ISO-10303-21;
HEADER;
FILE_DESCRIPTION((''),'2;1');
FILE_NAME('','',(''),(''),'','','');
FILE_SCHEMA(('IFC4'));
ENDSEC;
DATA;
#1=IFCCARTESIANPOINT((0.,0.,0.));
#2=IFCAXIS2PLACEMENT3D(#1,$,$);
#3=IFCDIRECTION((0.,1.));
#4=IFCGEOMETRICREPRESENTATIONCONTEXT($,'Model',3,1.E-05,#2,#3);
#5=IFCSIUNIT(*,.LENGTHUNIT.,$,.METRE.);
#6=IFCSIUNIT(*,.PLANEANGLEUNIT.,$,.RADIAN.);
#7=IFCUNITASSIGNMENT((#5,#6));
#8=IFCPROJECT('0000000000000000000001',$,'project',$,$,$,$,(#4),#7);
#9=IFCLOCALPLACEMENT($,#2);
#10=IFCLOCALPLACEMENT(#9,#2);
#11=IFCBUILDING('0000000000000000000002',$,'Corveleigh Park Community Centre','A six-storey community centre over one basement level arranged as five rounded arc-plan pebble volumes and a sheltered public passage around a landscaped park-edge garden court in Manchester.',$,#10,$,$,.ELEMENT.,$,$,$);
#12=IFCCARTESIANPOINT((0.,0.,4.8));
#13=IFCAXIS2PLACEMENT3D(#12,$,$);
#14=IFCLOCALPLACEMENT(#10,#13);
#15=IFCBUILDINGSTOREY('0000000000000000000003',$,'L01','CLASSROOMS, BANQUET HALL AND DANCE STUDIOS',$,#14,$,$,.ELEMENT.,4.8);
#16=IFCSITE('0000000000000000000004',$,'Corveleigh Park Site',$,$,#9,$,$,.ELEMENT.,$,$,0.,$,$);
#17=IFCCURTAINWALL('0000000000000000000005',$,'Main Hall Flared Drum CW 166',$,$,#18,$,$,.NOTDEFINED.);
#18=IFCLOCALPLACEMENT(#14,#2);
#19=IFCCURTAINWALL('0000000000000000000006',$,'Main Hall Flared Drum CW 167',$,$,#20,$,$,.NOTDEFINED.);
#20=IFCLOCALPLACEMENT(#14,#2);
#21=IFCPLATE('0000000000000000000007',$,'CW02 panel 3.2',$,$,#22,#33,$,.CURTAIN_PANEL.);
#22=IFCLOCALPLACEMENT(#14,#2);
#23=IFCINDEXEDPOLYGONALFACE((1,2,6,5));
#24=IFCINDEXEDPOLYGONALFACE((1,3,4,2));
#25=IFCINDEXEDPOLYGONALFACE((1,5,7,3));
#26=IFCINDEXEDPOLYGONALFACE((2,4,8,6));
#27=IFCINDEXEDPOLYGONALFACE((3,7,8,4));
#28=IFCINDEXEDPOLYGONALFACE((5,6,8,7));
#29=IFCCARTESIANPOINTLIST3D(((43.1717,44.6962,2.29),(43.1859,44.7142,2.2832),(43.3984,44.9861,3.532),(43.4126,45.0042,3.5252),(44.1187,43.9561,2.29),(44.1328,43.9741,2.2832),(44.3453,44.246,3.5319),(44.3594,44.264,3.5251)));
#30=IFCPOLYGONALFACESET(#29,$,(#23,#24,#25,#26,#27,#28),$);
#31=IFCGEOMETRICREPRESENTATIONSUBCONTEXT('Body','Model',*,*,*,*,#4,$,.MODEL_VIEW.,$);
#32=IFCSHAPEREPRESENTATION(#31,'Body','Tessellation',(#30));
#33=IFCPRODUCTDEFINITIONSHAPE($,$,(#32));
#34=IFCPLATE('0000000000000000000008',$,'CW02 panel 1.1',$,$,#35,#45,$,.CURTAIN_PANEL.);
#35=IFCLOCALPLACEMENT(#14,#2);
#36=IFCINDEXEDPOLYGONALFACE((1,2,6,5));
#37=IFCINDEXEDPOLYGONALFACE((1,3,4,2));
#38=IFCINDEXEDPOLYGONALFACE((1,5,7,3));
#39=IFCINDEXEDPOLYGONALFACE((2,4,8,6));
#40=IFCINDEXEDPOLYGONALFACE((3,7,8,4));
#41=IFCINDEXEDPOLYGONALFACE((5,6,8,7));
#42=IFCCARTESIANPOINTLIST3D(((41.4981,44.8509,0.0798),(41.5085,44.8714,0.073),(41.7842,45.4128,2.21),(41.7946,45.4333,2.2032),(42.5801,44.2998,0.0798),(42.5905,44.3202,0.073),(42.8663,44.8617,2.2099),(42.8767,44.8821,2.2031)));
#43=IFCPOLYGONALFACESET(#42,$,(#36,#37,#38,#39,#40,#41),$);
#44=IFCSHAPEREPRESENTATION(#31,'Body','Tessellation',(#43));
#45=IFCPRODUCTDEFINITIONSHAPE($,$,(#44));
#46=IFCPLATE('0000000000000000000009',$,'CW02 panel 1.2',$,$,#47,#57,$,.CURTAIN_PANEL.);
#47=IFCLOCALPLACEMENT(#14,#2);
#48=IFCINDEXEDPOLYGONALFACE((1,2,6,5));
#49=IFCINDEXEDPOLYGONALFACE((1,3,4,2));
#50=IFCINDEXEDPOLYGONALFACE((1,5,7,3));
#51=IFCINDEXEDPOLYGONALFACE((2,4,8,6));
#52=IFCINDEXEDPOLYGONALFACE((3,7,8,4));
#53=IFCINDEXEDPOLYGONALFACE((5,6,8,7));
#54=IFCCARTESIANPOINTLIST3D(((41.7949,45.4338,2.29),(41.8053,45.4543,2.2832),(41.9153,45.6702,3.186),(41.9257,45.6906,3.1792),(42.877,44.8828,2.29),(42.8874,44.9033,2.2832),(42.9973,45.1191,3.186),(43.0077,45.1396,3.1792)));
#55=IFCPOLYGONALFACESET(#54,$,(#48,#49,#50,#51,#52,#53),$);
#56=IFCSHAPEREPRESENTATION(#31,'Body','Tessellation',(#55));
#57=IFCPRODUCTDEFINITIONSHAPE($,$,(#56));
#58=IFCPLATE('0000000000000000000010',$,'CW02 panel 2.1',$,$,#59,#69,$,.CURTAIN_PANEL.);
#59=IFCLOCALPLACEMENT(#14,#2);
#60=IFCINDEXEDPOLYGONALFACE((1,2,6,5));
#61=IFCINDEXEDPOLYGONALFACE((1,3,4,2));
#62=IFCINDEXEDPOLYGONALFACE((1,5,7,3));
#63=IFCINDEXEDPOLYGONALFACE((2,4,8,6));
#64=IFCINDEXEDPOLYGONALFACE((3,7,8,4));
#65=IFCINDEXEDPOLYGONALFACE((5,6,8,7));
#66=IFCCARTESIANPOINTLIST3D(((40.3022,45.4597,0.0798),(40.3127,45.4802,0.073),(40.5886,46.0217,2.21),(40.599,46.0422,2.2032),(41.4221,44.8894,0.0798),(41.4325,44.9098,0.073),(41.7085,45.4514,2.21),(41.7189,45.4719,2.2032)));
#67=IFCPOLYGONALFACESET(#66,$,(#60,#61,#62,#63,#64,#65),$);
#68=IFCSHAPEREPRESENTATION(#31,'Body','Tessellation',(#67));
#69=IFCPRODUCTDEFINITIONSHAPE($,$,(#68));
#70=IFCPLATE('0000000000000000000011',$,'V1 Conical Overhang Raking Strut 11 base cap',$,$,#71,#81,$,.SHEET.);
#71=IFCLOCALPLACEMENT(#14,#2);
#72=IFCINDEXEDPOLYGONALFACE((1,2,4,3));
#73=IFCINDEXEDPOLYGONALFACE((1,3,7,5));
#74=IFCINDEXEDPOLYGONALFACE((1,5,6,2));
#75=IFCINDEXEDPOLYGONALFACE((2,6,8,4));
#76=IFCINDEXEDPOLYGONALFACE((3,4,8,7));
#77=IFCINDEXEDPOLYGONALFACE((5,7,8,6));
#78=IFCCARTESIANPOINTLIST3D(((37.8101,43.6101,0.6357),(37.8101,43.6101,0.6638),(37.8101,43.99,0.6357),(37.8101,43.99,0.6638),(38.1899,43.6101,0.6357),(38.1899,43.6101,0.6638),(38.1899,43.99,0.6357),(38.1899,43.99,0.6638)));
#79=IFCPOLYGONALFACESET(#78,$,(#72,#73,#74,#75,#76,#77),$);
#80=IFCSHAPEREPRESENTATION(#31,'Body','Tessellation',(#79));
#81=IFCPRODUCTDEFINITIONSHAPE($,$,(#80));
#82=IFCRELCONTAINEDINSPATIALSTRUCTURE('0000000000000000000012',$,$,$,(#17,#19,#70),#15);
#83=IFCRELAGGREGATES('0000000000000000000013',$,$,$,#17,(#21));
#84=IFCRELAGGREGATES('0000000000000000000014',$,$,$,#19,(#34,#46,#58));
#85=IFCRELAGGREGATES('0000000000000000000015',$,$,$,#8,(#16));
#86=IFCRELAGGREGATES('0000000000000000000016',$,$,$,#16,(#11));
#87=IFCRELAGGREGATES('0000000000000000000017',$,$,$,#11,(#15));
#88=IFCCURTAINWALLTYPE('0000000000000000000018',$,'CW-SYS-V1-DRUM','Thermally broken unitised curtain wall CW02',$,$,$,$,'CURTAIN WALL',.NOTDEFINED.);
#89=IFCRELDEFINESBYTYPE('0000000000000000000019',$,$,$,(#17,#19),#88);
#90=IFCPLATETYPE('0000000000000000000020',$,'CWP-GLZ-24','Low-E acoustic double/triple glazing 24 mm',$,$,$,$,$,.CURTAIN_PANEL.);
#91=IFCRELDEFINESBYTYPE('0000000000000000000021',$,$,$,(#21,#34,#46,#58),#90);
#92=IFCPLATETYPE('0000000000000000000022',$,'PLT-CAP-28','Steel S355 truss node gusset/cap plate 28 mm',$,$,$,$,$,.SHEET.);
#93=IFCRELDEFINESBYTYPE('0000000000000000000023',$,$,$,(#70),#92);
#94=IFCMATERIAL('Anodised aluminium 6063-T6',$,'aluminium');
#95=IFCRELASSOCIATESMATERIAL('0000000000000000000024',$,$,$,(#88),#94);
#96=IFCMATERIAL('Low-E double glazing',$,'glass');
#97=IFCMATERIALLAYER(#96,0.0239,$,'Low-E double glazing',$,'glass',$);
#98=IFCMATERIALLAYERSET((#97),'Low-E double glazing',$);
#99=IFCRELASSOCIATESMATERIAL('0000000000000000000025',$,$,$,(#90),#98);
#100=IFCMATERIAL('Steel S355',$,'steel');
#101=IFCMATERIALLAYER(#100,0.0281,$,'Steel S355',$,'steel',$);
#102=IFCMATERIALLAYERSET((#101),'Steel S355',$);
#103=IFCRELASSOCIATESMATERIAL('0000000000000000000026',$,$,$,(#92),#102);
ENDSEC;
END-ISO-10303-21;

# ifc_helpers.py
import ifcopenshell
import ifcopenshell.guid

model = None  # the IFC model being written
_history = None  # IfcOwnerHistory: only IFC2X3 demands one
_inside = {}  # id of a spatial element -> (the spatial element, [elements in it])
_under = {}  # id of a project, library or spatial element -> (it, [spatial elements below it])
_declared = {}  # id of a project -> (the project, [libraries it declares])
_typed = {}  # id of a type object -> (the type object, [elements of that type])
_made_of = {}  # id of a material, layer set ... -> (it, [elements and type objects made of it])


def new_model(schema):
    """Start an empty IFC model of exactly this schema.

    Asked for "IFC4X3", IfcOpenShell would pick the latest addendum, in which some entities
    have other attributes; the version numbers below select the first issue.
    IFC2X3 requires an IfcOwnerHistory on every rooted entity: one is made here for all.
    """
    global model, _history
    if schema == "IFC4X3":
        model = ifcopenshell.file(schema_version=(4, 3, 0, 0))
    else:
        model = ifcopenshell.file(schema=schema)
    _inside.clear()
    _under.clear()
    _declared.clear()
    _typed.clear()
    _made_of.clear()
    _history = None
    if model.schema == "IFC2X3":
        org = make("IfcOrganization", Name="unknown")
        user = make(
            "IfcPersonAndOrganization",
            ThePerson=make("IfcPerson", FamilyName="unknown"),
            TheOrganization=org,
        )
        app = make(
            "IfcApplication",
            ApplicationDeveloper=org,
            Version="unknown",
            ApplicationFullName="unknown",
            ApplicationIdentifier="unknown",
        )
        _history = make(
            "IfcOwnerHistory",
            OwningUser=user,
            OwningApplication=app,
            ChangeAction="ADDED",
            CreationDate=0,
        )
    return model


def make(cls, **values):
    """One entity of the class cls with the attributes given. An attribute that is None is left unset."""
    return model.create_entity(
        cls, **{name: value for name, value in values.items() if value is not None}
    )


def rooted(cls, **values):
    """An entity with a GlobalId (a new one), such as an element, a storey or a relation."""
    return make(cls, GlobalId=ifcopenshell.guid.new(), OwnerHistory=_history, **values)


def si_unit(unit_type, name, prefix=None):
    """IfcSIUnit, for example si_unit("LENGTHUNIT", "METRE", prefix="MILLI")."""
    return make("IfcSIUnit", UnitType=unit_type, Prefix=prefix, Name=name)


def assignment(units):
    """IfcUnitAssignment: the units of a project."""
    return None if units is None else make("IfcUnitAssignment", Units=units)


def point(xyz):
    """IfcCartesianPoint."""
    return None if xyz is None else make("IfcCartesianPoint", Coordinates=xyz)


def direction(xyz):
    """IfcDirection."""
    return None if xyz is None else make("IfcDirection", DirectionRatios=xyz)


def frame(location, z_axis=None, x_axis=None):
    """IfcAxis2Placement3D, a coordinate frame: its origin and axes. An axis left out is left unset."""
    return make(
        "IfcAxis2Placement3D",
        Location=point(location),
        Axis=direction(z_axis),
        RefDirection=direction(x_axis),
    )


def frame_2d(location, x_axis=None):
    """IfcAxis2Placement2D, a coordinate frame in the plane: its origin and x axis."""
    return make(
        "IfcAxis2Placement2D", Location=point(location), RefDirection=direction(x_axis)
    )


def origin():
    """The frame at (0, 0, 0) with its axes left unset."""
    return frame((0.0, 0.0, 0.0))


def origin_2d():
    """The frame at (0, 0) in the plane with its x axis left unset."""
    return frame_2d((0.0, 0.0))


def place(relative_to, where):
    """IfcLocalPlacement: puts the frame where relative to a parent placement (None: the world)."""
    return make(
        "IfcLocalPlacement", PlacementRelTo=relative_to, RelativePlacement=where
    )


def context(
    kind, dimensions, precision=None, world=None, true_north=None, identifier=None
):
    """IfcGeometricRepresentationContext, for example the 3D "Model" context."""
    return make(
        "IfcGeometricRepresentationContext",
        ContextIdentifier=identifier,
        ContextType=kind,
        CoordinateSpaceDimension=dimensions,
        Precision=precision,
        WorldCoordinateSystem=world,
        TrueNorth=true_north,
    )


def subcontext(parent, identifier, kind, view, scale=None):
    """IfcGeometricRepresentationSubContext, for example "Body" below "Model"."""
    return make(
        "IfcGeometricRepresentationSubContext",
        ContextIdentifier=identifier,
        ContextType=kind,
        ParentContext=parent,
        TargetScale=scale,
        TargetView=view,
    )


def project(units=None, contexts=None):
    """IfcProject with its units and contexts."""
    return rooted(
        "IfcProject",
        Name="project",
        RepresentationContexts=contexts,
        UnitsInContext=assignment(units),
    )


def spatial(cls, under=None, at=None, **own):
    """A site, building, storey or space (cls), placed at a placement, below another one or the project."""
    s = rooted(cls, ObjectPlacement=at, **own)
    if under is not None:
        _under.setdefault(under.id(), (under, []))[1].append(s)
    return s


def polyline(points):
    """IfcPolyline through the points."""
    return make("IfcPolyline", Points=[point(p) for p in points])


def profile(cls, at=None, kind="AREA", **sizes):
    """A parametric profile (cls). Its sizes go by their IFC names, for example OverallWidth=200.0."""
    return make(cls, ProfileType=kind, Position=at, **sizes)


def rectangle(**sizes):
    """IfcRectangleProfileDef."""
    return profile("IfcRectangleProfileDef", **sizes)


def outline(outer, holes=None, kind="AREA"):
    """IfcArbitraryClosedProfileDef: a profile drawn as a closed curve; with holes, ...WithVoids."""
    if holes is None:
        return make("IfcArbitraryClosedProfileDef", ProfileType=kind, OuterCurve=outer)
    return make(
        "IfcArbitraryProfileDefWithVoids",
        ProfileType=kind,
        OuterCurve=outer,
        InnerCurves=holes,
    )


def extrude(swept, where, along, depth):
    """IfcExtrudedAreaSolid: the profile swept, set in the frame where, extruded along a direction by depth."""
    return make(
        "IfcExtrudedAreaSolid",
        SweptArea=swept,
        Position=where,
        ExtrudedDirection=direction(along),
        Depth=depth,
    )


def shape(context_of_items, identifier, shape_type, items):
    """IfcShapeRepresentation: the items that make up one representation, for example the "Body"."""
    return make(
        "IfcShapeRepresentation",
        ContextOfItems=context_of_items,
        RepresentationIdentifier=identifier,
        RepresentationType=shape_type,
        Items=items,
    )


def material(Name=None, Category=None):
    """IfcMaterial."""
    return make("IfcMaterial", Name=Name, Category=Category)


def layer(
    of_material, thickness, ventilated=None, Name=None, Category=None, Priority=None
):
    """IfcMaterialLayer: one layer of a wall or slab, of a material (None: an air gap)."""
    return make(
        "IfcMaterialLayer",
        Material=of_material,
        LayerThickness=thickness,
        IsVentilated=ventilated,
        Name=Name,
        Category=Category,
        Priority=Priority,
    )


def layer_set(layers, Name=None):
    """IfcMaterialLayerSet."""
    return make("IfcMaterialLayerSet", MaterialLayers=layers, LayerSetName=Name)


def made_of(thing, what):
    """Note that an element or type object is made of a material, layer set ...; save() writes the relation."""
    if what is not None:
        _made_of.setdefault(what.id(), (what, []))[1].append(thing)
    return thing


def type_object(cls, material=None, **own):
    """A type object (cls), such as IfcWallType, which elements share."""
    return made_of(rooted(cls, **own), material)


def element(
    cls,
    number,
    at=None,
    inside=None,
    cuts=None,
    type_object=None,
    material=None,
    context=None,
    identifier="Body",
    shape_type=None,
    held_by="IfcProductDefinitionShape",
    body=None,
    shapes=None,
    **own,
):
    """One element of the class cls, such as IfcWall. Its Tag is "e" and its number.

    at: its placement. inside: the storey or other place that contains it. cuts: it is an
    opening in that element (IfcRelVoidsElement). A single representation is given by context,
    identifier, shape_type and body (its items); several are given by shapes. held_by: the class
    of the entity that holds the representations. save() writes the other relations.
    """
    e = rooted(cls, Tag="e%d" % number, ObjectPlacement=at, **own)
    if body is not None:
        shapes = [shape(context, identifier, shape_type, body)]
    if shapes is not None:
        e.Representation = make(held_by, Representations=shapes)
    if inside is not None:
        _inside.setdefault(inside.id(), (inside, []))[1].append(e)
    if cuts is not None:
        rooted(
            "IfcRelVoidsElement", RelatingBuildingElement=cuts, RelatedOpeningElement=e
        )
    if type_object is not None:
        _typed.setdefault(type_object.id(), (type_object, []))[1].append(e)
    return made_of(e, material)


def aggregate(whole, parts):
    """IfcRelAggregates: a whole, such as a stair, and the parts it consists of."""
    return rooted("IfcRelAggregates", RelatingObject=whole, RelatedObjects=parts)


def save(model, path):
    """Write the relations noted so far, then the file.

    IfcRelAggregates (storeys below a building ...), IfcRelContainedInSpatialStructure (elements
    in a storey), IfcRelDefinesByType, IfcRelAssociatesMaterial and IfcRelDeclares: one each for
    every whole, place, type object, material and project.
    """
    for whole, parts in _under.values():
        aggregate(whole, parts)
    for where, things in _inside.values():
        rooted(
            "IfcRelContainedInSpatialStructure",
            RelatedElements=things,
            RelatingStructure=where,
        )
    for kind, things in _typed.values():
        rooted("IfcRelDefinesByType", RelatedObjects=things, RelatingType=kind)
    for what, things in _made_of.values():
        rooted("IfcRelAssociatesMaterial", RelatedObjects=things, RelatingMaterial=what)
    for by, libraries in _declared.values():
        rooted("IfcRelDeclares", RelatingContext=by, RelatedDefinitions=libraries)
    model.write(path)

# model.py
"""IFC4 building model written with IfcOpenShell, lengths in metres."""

from ifc_helpers import new_model, si_unit, direction, frame, origin, origin_2d, place, context, subcontext, project, spatial, polyline, rectangle, outline, extrude, material, layer, layer_set, type_object, element, aggregate, save


model = new_model("IFC4")

# Units and contexts
model_context = context("Model", 3, precision=1e-05, world=origin(), true_north=direction((0.0, 1.0)))
body_context = subcontext(model_context, "Body", "Model", "MODEL_VIEW")
ifc_project = project(units=[si_unit("LENGTHUNIT", "METRE"), si_unit("PLANEANGLEUNIT", "RADIAN")], contexts=[model_context])

# Site, building, storey
site_placement = place(None, origin())
site = spatial("IfcSite", under=ifc_project, at=site_placement, Name="Corveleigh Park Site", CompositionType="ELEMENT", RefElevation=0.0)
building_placement = place(site_placement, origin())
building = spatial("IfcBuilding", under=site, at=building_placement, Name="Corveleigh Park Community Centre", Description="A six-storey community centre over one basement level arranged as five rounded arc-plan pebble volumes and a sheltered public passage around a landscaped park-edge garden court in Manchester.", CompositionType="ELEMENT")
storey_placement = place(building_placement, frame((0.0, 0.0, 4.8)))
storey = spatial("IfcBuildingStorey", under=building, at=storey_placement, Name="L01", Description="CLASSROOMS, BANQUET HALL AND DANCE STUDIOS", CompositionType="ELEMENT", Elevation=4.8)

# Shared definitions
ifc_material_1 = material(Name="Steel S355", Category="steel")

# Curtain walls
ifc_material_2 = material(Name="Anodised aluminium 6063-T6", Category="aluminium")
curtain_wall_type = type_object("IfcCurtainWallType", Name="CW-SYS-V1-DRUM", Description="Thermally broken unitised curtain wall CW02", ElementType="CURTAIN WALL", PredefinedType="NOTDEFINED", material=ifc_material_2)
curtain_wall_1_placement = place(storey_placement, origin())
curtain_wall_1 = element("IfcCurtainWall", 1, at=curtain_wall_1_placement, inside=storey, type_object=curtain_wall_type, Name="Main Hall Flared Drum CW 166", PredefinedType="NOTDEFINED")
curtain_wall_2_placement = place(storey_placement, origin())
curtain_wall_2 = element("IfcCurtainWall", 2, at=curtain_wall_2_placement, inside=storey, type_object=curtain_wall_type, Name="Main Hall Flared Drum CW 167", PredefinedType="NOTDEFINED")

# Plates
ifc_material_3 = material(Name="Low-E double glazing", Category="glass")
ifc_layer_1 = layer(ifc_material_3, 0.0239, Name="Low-E double glazing", Category="glass")
ifc_layer_set_1 = layer_set([ifc_layer_1], Name="Low-E double glazing")
plate_type_1 = type_object("IfcPlateType", Name="CWP-GLZ-24", Description="Low-E acoustic double/triple glazing 24 mm", PredefinedType="CURTAIN_PANEL", material=ifc_layer_set_1)
plate_1_placement = place(storey_placement, frame((44.1187, 43.9561, 2.29), z_axis=(-0.590446, -0.755416, 0.284114), x_axis=(-0.787891, 0.615814, -0.000039)))
plate_1 = element("IfcPlate", 3, at=plate_1_placement, type_object=plate_type_1, Name="CW02 panel 3.2", PredefinedType="CURTAIN_PANEL", context=body_context, shape_type="SweptSolid", body=[
    extrude(outline(polyline([(0.0, 0.0), (1.2018, 0.0), (1.2017, -1.2954), (-0.0001, -1.2953), (0.0, 0.0)])), origin(), (0.0, 0.0, -1.0), 0.0239),
])
aggregate(curtain_wall_1, [plate_1])
plate_2_placement = place(storey_placement, frame((42.5801, 44.2998, 0.0798), z_axis=(-0.435209, -0.854417, 0.28384), x_axis=(-0.891068, 0.45387, -0.000024)))
plate_2 = element("IfcPlate", 4, at=plate_2_placement, type_object=plate_type_1, Name="CW02 panel 1.1", PredefinedType="CURTAIN_PANEL", context=body_context, shape_type="SweptSolid", body=[
    extrude(outline(polyline([(0.0, 0.0), (1.2143, 0.0), (1.2143, -2.2215), (0.0, -2.2215), (0.0, 0.0)])), origin(), (0.0, 0.0, -1.0), 0.0239),
])
plate_3_placement = place(storey_placement, frame((42.877, 44.8828, 2.29), z_axis=(-0.435134, -0.85446, 0.283825), x_axis=(-0.891105, 0.453796, 0.0)))
plate_3 = element("IfcPlate", 5, at=plate_3_placement, type_object=plate_type_1, Name="CW02 panel 1.2", PredefinedType="CURTAIN_PANEL", context=body_context, shape_type="SweptSolid", body=[
    extrude(outline(polyline([(0.0, 0.0), (1.2143, 0.0), (1.2142, -0.9344), (0.0, -0.9344), (0.0, 0.0)])), origin(), (0.0, 0.0, -1.0), 0.0239),
])
plate_4_placement = place(storey_placement, frame((41.4221, 44.8894, 0.0798), z_axis=(-0.43513, -0.854427, 0.283931), x_axis=(-0.8911, 0.453806, 0.0)))
plate_4 = element("IfcPlate", 6, at=plate_4_placement, type_object=plate_type_1, Name="CW02 panel 2.1", PredefinedType="CURTAIN_PANEL", context=body_context, shape_type="SweptSolid", body=[
    extrude(outline(polyline([(0.0, 0.0), (1.2567, 0.0), (1.2566, -2.2216), (-0.0001, -2.2216), (0.0, 0.0)])), origin(), (0.0, 0.0, -1.0), 0.0239),
])
aggregate(curtain_wall_2, [plate_2, plate_3, plate_4])
ifc_layer_2 = layer(ifc_material_1, 0.0281, Name="Steel S355", Category="steel")
ifc_layer_set_2 = layer_set([ifc_layer_2], Name="Steel S355")
plate_type_2 = type_object("IfcPlateType", Name="PLT-CAP-28", Description="Steel S355 truss node gusset/cap plate 28 mm", PredefinedType="SHEET", material=ifc_layer_set_2)
plate_5_placement = place(storey_placement, frame((38.0, 43.8, 0.6357), z_axis=(0.0, 0.0, 1.0), x_axis=(1.0, 0.0, 0.0)))
element("IfcPlate", 7, at=plate_5_placement, inside=storey, type_object=plate_type_2, Name="V1 Conical Overhang Raking Strut 11 base cap", PredefinedType="SHEET", context=body_context, shape_type="SweptSolid", body=[
    extrude(rectangle(XDim=0.3799, YDim=0.3799, at=origin_2d()), origin(), (0.0, 0.0, 1.0), 0.0281),
])

save(model, "model.ifc")
